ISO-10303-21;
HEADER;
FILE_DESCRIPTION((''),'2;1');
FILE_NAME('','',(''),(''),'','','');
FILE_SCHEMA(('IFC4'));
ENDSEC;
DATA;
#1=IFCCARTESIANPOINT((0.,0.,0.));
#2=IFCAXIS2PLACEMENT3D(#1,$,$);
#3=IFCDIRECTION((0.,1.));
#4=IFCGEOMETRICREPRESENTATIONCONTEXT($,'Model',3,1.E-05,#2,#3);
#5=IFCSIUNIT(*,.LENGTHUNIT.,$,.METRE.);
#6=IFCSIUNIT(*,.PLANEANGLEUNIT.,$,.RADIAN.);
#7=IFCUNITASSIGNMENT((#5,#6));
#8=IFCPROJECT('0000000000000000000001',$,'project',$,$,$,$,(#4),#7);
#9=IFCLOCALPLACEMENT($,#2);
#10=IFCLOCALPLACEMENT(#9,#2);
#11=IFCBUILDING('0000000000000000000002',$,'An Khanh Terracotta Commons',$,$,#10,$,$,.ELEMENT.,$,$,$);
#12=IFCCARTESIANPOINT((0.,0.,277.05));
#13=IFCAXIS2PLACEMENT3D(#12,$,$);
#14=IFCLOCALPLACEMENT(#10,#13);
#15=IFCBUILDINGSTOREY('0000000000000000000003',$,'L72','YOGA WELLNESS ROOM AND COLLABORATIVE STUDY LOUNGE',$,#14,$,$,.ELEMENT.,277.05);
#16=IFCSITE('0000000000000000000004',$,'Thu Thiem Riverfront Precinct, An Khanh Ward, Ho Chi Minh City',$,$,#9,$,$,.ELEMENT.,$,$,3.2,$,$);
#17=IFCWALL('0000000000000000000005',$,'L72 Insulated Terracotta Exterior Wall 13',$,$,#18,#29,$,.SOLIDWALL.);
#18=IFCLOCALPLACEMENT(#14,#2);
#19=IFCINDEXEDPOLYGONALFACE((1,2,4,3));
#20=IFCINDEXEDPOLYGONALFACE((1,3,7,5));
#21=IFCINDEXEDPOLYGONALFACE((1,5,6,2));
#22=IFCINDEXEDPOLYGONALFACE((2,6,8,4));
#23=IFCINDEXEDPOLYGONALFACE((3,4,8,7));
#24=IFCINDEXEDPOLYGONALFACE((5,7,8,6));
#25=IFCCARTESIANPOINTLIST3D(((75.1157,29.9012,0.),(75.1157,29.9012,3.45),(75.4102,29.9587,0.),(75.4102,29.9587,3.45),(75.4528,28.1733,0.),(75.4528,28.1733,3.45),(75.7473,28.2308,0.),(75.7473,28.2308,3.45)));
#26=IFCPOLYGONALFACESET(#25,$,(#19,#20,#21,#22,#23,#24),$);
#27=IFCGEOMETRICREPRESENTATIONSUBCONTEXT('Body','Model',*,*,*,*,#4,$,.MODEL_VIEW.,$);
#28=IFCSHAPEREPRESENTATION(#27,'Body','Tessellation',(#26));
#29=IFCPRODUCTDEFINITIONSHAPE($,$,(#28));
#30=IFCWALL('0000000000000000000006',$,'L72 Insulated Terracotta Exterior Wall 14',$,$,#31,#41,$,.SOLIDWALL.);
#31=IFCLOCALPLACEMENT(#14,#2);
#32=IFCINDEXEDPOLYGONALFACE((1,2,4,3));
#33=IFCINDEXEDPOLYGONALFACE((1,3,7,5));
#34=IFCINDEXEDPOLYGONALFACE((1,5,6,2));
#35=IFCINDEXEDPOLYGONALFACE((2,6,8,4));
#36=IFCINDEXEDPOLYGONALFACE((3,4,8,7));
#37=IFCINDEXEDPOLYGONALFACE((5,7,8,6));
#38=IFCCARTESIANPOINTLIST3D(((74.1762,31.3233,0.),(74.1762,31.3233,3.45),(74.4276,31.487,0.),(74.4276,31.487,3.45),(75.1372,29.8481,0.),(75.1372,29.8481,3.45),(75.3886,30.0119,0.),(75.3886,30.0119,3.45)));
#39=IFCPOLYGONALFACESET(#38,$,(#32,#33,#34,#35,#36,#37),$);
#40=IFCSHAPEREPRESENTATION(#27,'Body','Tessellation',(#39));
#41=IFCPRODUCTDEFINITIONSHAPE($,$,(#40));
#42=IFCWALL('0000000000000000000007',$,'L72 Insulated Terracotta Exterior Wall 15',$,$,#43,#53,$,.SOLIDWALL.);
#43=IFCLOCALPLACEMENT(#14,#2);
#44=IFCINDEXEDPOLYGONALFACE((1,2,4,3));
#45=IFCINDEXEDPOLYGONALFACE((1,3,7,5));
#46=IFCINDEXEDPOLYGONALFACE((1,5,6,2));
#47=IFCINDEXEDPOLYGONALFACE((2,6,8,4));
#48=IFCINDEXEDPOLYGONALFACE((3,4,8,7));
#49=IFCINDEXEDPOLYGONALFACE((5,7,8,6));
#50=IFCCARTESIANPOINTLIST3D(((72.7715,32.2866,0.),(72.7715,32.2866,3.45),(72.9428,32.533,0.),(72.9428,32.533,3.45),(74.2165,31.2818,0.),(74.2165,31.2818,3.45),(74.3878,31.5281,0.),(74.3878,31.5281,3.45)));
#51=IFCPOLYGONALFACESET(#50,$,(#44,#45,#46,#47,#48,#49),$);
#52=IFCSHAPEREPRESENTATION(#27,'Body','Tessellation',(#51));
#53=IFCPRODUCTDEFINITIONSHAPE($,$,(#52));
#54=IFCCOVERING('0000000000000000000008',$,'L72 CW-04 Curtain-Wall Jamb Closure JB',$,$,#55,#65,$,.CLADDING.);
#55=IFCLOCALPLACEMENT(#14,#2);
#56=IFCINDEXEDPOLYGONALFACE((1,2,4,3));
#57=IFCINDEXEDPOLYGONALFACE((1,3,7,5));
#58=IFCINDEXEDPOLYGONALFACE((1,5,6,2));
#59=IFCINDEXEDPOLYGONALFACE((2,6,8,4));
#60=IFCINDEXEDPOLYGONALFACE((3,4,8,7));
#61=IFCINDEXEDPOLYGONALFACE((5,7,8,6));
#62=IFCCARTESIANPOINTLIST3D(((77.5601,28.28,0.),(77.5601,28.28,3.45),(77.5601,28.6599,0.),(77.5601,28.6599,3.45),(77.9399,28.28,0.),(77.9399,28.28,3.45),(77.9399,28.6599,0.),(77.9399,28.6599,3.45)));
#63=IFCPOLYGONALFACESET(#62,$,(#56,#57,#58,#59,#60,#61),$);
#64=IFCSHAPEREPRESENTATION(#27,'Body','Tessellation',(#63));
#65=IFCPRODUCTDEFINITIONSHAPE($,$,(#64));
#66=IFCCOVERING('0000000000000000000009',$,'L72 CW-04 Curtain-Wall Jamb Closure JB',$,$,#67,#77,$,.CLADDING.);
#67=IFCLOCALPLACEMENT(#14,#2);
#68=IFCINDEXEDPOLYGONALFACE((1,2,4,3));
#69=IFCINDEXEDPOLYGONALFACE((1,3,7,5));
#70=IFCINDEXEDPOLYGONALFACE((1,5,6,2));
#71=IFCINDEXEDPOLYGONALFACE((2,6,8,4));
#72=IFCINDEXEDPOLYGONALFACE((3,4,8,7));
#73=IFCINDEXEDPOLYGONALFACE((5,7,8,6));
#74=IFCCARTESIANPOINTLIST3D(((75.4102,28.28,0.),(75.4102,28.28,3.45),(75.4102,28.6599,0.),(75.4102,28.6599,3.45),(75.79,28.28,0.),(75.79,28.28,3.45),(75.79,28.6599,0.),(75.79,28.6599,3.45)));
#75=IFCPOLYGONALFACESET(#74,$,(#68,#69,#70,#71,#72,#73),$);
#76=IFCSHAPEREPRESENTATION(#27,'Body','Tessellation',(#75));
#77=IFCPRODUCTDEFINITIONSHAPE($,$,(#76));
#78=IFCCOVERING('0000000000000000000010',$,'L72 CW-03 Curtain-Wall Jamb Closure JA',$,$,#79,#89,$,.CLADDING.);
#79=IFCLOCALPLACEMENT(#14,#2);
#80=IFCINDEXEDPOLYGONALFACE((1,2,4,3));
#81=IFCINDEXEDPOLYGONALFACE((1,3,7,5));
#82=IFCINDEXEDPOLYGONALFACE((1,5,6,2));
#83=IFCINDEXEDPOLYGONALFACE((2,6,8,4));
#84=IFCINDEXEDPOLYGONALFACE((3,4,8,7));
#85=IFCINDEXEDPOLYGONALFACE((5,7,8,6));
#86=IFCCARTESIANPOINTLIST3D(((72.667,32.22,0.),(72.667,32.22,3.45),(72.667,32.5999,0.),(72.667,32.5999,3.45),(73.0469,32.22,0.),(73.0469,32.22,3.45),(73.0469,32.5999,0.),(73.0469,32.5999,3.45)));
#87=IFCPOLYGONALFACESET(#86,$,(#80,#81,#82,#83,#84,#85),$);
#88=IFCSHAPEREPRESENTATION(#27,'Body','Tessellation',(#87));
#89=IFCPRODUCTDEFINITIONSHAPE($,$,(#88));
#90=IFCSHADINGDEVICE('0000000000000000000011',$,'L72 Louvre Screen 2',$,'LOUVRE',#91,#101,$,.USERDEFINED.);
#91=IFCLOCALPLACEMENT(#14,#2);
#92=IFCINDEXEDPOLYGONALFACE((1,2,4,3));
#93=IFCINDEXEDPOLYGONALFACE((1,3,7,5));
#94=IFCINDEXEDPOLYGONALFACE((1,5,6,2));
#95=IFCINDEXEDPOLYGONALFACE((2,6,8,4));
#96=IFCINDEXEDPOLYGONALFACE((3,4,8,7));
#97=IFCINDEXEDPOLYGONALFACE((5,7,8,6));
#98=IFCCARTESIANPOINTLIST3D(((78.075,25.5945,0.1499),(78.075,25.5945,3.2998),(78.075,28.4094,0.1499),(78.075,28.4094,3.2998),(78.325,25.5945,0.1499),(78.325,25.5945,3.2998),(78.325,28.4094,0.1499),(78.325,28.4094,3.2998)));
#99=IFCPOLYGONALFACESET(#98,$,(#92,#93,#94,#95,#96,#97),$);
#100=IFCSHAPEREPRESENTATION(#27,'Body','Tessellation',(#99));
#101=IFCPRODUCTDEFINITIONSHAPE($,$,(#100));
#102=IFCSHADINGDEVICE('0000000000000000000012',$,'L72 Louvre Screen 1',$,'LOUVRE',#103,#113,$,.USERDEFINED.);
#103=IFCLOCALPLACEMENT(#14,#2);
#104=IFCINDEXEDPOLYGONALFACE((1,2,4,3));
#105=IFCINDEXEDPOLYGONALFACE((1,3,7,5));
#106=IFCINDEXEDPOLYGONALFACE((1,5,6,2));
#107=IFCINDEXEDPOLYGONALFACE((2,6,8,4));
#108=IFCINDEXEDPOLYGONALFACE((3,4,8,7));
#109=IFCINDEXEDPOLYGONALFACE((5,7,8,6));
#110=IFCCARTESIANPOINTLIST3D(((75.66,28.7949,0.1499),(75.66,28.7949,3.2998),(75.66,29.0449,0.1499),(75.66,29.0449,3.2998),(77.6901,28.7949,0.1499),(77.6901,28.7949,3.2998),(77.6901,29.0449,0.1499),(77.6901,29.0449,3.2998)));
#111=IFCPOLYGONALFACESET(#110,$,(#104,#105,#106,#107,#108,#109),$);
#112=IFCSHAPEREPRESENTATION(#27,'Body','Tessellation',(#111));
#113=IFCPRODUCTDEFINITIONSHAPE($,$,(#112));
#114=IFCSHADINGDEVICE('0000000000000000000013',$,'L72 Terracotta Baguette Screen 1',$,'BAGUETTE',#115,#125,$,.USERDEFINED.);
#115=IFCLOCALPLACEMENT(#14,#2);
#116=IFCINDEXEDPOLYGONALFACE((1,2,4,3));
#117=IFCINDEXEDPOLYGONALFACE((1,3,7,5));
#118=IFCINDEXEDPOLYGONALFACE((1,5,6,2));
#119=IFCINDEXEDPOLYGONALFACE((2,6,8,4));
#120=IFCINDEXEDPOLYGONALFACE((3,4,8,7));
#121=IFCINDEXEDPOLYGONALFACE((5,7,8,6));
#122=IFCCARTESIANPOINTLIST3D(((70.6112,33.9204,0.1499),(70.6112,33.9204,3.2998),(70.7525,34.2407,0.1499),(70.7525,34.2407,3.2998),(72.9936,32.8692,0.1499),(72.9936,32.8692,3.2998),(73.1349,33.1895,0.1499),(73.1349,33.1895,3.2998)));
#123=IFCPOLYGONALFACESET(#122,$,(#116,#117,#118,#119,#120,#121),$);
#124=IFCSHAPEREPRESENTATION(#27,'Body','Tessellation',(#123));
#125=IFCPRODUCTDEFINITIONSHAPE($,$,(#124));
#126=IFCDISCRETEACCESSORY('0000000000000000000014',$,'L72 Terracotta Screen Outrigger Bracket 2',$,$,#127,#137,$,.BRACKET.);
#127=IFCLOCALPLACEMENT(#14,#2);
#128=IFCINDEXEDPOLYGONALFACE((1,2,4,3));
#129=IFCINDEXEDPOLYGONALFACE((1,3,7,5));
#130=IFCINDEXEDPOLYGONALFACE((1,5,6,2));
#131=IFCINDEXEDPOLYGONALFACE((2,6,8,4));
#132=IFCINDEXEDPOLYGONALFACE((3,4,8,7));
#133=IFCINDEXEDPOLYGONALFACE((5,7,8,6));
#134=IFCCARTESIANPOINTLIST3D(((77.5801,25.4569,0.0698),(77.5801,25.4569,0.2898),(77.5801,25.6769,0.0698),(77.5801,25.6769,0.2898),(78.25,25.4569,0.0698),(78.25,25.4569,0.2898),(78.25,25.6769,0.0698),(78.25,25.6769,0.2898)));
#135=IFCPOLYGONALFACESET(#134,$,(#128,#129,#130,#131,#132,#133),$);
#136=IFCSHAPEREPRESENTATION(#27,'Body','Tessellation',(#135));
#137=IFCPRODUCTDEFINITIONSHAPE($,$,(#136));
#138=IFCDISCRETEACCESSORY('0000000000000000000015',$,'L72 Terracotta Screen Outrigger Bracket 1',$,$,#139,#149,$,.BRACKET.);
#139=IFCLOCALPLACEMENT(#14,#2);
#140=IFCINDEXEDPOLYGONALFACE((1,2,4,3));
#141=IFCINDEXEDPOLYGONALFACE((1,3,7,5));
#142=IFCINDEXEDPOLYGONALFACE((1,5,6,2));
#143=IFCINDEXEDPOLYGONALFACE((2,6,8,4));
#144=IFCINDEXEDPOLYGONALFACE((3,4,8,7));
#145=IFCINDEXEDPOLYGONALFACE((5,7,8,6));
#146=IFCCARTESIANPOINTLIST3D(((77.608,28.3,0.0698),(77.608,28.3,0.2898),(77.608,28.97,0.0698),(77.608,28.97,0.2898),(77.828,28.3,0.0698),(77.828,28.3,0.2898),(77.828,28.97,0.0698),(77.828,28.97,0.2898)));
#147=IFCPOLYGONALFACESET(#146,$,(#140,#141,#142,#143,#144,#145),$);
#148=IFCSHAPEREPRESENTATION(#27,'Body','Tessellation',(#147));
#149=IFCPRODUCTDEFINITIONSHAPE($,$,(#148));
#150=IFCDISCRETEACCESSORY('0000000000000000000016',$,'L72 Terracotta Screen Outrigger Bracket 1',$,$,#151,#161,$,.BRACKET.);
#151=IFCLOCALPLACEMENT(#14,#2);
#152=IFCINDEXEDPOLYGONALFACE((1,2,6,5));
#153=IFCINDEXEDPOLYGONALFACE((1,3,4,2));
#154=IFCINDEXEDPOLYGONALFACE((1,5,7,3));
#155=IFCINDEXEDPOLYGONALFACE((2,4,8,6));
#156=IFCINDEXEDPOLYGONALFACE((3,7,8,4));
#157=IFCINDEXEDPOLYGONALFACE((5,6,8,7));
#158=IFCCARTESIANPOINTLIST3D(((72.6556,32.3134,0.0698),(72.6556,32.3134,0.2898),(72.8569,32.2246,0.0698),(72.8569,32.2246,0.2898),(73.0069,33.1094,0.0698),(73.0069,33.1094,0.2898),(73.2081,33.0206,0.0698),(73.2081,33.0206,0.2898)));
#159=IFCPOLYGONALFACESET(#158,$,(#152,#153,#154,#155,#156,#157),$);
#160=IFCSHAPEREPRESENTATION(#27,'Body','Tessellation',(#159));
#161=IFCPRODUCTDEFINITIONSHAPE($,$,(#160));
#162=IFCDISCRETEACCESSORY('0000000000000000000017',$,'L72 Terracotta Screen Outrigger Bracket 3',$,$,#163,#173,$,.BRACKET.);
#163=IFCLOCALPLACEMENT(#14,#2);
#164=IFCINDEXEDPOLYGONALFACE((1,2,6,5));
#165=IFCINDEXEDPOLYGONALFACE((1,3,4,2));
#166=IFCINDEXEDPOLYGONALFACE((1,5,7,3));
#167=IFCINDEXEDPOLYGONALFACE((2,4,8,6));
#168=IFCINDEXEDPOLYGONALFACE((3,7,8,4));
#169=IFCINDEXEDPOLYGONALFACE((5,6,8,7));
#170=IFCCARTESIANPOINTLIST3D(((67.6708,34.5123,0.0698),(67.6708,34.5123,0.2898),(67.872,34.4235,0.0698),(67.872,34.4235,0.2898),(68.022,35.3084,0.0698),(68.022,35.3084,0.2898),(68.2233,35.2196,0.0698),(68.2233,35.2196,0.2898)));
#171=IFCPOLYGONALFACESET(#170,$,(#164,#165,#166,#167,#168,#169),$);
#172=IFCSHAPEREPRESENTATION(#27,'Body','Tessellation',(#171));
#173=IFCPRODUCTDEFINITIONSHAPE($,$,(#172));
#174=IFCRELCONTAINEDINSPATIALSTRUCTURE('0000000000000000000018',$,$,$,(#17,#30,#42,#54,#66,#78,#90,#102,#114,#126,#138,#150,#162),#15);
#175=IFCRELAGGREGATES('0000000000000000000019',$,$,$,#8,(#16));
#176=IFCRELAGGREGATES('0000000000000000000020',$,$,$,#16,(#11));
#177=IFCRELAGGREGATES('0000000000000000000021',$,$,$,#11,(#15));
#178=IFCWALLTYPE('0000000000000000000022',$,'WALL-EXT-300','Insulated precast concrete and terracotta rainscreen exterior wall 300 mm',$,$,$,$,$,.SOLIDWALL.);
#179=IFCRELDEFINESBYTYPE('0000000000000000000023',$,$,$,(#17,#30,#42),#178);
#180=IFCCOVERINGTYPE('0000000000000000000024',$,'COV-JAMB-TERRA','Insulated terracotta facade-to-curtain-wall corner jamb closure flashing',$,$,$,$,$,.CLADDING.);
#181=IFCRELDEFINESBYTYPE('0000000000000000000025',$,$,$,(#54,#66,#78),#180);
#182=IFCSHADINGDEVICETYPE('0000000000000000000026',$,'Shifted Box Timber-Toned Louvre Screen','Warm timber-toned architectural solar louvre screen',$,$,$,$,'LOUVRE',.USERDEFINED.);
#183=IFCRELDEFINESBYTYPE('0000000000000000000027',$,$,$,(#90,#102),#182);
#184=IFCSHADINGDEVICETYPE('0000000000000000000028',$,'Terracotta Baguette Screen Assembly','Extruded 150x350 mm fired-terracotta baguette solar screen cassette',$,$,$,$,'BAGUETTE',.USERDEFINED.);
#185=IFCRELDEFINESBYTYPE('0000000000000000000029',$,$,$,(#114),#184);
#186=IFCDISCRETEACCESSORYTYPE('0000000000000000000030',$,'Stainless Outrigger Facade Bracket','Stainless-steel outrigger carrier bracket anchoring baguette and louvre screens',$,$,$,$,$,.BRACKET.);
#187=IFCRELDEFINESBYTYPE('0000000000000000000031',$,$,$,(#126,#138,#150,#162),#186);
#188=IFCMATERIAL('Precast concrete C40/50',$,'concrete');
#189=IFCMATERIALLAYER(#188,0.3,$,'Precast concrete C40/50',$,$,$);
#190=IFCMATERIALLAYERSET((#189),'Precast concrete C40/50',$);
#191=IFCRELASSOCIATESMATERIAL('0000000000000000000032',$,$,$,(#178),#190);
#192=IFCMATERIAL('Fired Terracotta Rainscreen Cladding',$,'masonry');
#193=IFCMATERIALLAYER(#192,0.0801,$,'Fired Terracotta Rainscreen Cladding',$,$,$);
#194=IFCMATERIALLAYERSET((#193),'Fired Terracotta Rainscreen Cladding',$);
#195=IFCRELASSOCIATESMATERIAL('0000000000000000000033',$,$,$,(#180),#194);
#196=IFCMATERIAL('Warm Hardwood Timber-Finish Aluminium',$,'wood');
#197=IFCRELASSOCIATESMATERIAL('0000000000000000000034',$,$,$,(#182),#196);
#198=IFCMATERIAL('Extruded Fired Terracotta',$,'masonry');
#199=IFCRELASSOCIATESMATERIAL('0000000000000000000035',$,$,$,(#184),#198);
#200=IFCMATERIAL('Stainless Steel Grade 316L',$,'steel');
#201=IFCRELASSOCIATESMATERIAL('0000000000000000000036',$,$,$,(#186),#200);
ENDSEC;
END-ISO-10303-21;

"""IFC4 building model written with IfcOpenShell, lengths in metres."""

from ifc_helpers import new_model, si_unit, direction, frame, frame_2d, origin, origin_2d, place, context, subcontext, project, spatial, rectangle, extrude, material, layer, layer_set, type_object, element, save


model = new_model("IFC4")

# Units and contexts
model_context = context("Model", 3, precision=1e-05, world=origin(), true_north=direction((0.0, 1.0)))
body_context = subcontext(model_context, "Body", "Model", "MODEL_VIEW")
ifc_project = project(units=[si_unit("LENGTHUNIT", "METRE"), si_unit("PLANEANGLEUNIT", "RADIAN")], contexts=[model_context])

# Site, building, storey
site_placement = place(None, origin())
site = spatial("IfcSite", under=ifc_project, at=site_placement, Name="Thu Thiem Riverfront Precinct, An Khanh Ward, Ho Chi Minh City", CompositionType="ELEMENT", RefElevation=3.2)
building_placement = place(site_placement, origin())
building = spatial("IfcBuilding", under=site, at=building_placement, Name="An Khanh Terracotta Commons", CompositionType="ELEMENT")
storey_placement = place(building_placement, frame((0.0, 0.0, 277.05)))
storey = spatial("IfcBuildingStorey", under=building, at=storey_placement, Name="L72", Description="YOGA WELLNESS ROOM AND COLLABORATIVE STUDY LOUNGE", CompositionType="ELEMENT", Elevation=277.05)

# Walls
ifc_material_1 = material(Name="Precast concrete C40/50", Category="concrete")
ifc_layer_1 = layer(ifc_material_1, 0.3, Name="Precast concrete C40/50")
ifc_layer_set_1 = layer_set([ifc_layer_1], Name="Precast concrete C40/50")
wall_type = type_object("IfcWallType", Name="WALL-EXT-300", Description="Insulated precast concrete and terracotta rainscreen exterior wall 300 mm", PredefinedType="SOLIDWALL", material=ifc_layer_set_1)
for number, where, z_axis, x_axis, name in (
    (1, (75.6001, 28.2019, 0.0), (0.0, 0.0, 1.0), (-0.191501, 0.981492, 0.0), "L72 Insulated Terracotta Exterior Wall 13"),
    (2, (75.2629, 29.9299, 0.0), (0.0, 0.0, 1.0), (-0.545836, 0.837892, 0.0), "L72 Insulated Terracotta Exterior Wall 14"),
):
    element("IfcWall", number, at=place(storey_placement, frame(where, z_axis=z_axis, x_axis=x_axis)), inside=storey, type_object=wall_type, Name=name, PredefinedType="SOLIDWALL", context=body_context, shape_type="SweptSolid", body=[
        extrude(rectangle(XDim=1.7605, YDim=0.3, at=frame_2d((0.8804, 0.0))), origin(), (0.0, 0.0, 1.0), 3.45),
    ])
wall_placement = place(storey_placement, frame((74.302, 31.405, 0.0), z_axis=(0.0, 0.0, 1.0), x_axis=(-0.821007, 0.570918, 0.0)))
element("IfcWall", 3, at=wall_placement, inside=storey, type_object=wall_type, Name="L72 Insulated Terracotta Exterior Wall 15", PredefinedType="SOLIDWALL", context=body_context, shape_type="SweptSolid", body=[
    extrude(rectangle(XDim=1.76, YDim=0.3, at=frame_2d((0.8799, 0.0))), origin(), (0.0, 0.0, 1.0), 3.45),
])

# Coverings
ifc_material_2 = material(Name="Fired Terracotta Rainscreen Cladding", Category="masonry")
ifc_layer_2 = layer(ifc_material_2, 0.0801, Name="Fired Terracotta Rainscreen Cladding")
ifc_layer_set_2 = layer_set([ifc_layer_2], Name="Fired Terracotta Rainscreen Cladding")
covering_type = type_object("IfcCoveringType", Name="COV-JAMB-TERRA", Description="Insulated terracotta facade-to-curtain-wall corner jamb closure flashing", PredefinedType="CLADDING", material=ifc_layer_set_2)
for number, where, z_axis, x_axis, name in (
    (4, (77.75, 28.47, 0.0), (0.0, 0.0, 1.0), (1.0, 0.0, 0.0), "L72 CW-04 Curtain-Wall Jamb Closure JB"),
    (5, (75.6001, 28.47, 0.0), (0.0, 0.0, 1.0), (1.0, 0.0, 0.0), "L72 CW-04 Curtain-Wall Jamb Closure JB"),
    (6, (72.8569, 32.4099, 0.0), (0.0, 0.0, 1.0), (1.0, 0.0, 0.0), "L72 CW-03 Curtain-Wall Jamb Closure JA"),
):
    element("IfcCovering", number, at=place(storey_placement, frame(where, z_axis=z_axis, x_axis=x_axis)), inside=storey, type_object=covering_type, Name=name, PredefinedType="CLADDING", context=body_context, shape_type="SweptSolid", body=[
        extrude(rectangle(XDim=0.3799, YDim=0.3799, at=origin_2d()), origin(), (0.0, 0.0, 1.0), 3.45),
    ])

# Shading devices
ifc_material_3 = material(Name="Warm Hardwood Timber-Finish Aluminium", Category="wood")
shading_device_type_1 = type_object("IfcShadingDeviceType", Name="Shifted Box Timber-Toned Louvre Screen", Description="Warm timber-toned architectural solar louvre screen", ElementType="LOUVRE", PredefinedType="USERDEFINED", material=ifc_material_3)
shading_device_1_placement = place(storey_placement, frame((78.2, 27.002, 0.1499), z_axis=(0.0, 0.0, 1.0), x_axis=(0.0, 1.0, 0.0)))
element("IfcShadingDevice", 7, at=shading_device_1_placement, inside=storey, type_object=shading_device_type_1, Name="L72 Louvre Screen 2", ObjectType="LOUVRE", PredefinedType="USERDEFINED", context=body_context, shape_type="SweptSolid", body=[
    extrude(rectangle(XDim=2.8149, YDim=0.25, at=origin_2d()), origin(), (0.0, 0.0, 1.0), 3.1499),
])
shading_device_2_placement = place(storey_placement, frame((76.675, 28.9199, 0.1499), z_axis=(0.0, 0.0, 1.0), x_axis=(-1.0, 0.0, 0.0)))
element("IfcShadingDevice", 8, at=shading_device_2_placement, inside=storey, type_object=shading_device_type_1, Name="L72 Louvre Screen 1", ObjectType="LOUVRE", PredefinedType="USERDEFINED", context=body_context, shape_type="SweptSolid", body=[
    extrude(rectangle(XDim=2.03, YDim=0.25, at=origin_2d()), origin(), (0.0, 0.0, 1.0), 3.1499),
])
ifc_material_4 = material(Name="Extruded Fired Terracotta", Category="masonry")
shading_device_type_2 = type_object("IfcShadingDeviceType", Name="Terracotta Baguette Screen Assembly", Description="Extruded 150x350 mm fired-terracotta baguette solar screen cassette", ElementType="BAGUETTE", PredefinedType="USERDEFINED", material=ifc_material_4)
shading_device_3_placement = place(storey_placement, frame((71.873, 33.5549, 0.1499), z_axis=(0.0, 0.0, 1.0), x_axis=(-0.914902, 0.403676, 0.0)))
element("IfcShadingDevice", 9, at=shading_device_3_placement, inside=storey, type_object=shading_device_type_2, Name="L72 Terracotta Baguette Screen 1", ObjectType="BAGUETTE", PredefinedType="USERDEFINED", context=body_context, shape_type="SweptSolid", body=[
    extrude(rectangle(XDim=2.604, YDim=0.3501, at=origin_2d()), origin(), (0.0, 0.0, 1.0), 3.1499),
])

# Discrete accessories
ifc_material_5 = material(Name="Stainless Steel Grade 316L", Category="steel")
discrete_accessory_type = type_object("IfcDiscreteAccessoryType", Name="Stainless Outrigger Facade Bracket", Description="Stainless-steel outrigger carrier bracket anchoring baguette and louvre screens", PredefinedType="BRACKET", material=ifc_material_5)
for number, where, z_axis, x_axis, name in (
    (10, (77.915, 25.5669, 0.0698), (0.0, 0.0, 1.0), (0.0, 1.0, 0.0), "L72 Terracotta Screen Outrigger Bracket 2"),
    (11, (77.718, 28.635, 0.0698), (0.0, 0.0, 1.0), (-1.0, 0.0, 0.0), "L72 Terracotta Screen Outrigger Bracket 1"),
):
    element("IfcDiscreteAccessory", number, at=place(storey_placement, frame(where, z_axis=z_axis, x_axis=x_axis)), inside=storey, type_object=discrete_accessory_type, Name=name, PredefinedType="BRACKET", context=body_context, shape_type="SweptSolid", body=[
        extrude(rectangle(XDim=0.22, YDim=0.6699, at=origin_2d()), origin(), (0.0, 0.0, 1.0), 0.22),
    ])
for number, where, z_axis, x_axis, name in (
    (12, (72.9319, 32.667, 0.0698), (0.0, 0.0, 1.0), (-0.914902, 0.403676, 0.0), "L72 Terracotta Screen Outrigger Bracket 1"),
    (13, (67.947, 34.866, 0.0698), (0.0, 0.0, 1.0), (-0.914902, 0.403676, 0.0), "L72 Terracotta Screen Outrigger Bracket 3"),
):
    element("IfcDiscreteAccessory", number, at=place(storey_placement, frame(where, z_axis=z_axis, x_axis=x_axis)), inside=storey, type_object=discrete_accessory_type, Name=name, PredefinedType="BRACKET", context=body_context, shape_type="SweptSolid", body=[
        extrude(rectangle(XDim=0.22, YDim=0.8701, at=origin_2d()), origin(), (0.0, 0.0, 1.0), 0.22),
    ])

save(model, "model.ifc")
